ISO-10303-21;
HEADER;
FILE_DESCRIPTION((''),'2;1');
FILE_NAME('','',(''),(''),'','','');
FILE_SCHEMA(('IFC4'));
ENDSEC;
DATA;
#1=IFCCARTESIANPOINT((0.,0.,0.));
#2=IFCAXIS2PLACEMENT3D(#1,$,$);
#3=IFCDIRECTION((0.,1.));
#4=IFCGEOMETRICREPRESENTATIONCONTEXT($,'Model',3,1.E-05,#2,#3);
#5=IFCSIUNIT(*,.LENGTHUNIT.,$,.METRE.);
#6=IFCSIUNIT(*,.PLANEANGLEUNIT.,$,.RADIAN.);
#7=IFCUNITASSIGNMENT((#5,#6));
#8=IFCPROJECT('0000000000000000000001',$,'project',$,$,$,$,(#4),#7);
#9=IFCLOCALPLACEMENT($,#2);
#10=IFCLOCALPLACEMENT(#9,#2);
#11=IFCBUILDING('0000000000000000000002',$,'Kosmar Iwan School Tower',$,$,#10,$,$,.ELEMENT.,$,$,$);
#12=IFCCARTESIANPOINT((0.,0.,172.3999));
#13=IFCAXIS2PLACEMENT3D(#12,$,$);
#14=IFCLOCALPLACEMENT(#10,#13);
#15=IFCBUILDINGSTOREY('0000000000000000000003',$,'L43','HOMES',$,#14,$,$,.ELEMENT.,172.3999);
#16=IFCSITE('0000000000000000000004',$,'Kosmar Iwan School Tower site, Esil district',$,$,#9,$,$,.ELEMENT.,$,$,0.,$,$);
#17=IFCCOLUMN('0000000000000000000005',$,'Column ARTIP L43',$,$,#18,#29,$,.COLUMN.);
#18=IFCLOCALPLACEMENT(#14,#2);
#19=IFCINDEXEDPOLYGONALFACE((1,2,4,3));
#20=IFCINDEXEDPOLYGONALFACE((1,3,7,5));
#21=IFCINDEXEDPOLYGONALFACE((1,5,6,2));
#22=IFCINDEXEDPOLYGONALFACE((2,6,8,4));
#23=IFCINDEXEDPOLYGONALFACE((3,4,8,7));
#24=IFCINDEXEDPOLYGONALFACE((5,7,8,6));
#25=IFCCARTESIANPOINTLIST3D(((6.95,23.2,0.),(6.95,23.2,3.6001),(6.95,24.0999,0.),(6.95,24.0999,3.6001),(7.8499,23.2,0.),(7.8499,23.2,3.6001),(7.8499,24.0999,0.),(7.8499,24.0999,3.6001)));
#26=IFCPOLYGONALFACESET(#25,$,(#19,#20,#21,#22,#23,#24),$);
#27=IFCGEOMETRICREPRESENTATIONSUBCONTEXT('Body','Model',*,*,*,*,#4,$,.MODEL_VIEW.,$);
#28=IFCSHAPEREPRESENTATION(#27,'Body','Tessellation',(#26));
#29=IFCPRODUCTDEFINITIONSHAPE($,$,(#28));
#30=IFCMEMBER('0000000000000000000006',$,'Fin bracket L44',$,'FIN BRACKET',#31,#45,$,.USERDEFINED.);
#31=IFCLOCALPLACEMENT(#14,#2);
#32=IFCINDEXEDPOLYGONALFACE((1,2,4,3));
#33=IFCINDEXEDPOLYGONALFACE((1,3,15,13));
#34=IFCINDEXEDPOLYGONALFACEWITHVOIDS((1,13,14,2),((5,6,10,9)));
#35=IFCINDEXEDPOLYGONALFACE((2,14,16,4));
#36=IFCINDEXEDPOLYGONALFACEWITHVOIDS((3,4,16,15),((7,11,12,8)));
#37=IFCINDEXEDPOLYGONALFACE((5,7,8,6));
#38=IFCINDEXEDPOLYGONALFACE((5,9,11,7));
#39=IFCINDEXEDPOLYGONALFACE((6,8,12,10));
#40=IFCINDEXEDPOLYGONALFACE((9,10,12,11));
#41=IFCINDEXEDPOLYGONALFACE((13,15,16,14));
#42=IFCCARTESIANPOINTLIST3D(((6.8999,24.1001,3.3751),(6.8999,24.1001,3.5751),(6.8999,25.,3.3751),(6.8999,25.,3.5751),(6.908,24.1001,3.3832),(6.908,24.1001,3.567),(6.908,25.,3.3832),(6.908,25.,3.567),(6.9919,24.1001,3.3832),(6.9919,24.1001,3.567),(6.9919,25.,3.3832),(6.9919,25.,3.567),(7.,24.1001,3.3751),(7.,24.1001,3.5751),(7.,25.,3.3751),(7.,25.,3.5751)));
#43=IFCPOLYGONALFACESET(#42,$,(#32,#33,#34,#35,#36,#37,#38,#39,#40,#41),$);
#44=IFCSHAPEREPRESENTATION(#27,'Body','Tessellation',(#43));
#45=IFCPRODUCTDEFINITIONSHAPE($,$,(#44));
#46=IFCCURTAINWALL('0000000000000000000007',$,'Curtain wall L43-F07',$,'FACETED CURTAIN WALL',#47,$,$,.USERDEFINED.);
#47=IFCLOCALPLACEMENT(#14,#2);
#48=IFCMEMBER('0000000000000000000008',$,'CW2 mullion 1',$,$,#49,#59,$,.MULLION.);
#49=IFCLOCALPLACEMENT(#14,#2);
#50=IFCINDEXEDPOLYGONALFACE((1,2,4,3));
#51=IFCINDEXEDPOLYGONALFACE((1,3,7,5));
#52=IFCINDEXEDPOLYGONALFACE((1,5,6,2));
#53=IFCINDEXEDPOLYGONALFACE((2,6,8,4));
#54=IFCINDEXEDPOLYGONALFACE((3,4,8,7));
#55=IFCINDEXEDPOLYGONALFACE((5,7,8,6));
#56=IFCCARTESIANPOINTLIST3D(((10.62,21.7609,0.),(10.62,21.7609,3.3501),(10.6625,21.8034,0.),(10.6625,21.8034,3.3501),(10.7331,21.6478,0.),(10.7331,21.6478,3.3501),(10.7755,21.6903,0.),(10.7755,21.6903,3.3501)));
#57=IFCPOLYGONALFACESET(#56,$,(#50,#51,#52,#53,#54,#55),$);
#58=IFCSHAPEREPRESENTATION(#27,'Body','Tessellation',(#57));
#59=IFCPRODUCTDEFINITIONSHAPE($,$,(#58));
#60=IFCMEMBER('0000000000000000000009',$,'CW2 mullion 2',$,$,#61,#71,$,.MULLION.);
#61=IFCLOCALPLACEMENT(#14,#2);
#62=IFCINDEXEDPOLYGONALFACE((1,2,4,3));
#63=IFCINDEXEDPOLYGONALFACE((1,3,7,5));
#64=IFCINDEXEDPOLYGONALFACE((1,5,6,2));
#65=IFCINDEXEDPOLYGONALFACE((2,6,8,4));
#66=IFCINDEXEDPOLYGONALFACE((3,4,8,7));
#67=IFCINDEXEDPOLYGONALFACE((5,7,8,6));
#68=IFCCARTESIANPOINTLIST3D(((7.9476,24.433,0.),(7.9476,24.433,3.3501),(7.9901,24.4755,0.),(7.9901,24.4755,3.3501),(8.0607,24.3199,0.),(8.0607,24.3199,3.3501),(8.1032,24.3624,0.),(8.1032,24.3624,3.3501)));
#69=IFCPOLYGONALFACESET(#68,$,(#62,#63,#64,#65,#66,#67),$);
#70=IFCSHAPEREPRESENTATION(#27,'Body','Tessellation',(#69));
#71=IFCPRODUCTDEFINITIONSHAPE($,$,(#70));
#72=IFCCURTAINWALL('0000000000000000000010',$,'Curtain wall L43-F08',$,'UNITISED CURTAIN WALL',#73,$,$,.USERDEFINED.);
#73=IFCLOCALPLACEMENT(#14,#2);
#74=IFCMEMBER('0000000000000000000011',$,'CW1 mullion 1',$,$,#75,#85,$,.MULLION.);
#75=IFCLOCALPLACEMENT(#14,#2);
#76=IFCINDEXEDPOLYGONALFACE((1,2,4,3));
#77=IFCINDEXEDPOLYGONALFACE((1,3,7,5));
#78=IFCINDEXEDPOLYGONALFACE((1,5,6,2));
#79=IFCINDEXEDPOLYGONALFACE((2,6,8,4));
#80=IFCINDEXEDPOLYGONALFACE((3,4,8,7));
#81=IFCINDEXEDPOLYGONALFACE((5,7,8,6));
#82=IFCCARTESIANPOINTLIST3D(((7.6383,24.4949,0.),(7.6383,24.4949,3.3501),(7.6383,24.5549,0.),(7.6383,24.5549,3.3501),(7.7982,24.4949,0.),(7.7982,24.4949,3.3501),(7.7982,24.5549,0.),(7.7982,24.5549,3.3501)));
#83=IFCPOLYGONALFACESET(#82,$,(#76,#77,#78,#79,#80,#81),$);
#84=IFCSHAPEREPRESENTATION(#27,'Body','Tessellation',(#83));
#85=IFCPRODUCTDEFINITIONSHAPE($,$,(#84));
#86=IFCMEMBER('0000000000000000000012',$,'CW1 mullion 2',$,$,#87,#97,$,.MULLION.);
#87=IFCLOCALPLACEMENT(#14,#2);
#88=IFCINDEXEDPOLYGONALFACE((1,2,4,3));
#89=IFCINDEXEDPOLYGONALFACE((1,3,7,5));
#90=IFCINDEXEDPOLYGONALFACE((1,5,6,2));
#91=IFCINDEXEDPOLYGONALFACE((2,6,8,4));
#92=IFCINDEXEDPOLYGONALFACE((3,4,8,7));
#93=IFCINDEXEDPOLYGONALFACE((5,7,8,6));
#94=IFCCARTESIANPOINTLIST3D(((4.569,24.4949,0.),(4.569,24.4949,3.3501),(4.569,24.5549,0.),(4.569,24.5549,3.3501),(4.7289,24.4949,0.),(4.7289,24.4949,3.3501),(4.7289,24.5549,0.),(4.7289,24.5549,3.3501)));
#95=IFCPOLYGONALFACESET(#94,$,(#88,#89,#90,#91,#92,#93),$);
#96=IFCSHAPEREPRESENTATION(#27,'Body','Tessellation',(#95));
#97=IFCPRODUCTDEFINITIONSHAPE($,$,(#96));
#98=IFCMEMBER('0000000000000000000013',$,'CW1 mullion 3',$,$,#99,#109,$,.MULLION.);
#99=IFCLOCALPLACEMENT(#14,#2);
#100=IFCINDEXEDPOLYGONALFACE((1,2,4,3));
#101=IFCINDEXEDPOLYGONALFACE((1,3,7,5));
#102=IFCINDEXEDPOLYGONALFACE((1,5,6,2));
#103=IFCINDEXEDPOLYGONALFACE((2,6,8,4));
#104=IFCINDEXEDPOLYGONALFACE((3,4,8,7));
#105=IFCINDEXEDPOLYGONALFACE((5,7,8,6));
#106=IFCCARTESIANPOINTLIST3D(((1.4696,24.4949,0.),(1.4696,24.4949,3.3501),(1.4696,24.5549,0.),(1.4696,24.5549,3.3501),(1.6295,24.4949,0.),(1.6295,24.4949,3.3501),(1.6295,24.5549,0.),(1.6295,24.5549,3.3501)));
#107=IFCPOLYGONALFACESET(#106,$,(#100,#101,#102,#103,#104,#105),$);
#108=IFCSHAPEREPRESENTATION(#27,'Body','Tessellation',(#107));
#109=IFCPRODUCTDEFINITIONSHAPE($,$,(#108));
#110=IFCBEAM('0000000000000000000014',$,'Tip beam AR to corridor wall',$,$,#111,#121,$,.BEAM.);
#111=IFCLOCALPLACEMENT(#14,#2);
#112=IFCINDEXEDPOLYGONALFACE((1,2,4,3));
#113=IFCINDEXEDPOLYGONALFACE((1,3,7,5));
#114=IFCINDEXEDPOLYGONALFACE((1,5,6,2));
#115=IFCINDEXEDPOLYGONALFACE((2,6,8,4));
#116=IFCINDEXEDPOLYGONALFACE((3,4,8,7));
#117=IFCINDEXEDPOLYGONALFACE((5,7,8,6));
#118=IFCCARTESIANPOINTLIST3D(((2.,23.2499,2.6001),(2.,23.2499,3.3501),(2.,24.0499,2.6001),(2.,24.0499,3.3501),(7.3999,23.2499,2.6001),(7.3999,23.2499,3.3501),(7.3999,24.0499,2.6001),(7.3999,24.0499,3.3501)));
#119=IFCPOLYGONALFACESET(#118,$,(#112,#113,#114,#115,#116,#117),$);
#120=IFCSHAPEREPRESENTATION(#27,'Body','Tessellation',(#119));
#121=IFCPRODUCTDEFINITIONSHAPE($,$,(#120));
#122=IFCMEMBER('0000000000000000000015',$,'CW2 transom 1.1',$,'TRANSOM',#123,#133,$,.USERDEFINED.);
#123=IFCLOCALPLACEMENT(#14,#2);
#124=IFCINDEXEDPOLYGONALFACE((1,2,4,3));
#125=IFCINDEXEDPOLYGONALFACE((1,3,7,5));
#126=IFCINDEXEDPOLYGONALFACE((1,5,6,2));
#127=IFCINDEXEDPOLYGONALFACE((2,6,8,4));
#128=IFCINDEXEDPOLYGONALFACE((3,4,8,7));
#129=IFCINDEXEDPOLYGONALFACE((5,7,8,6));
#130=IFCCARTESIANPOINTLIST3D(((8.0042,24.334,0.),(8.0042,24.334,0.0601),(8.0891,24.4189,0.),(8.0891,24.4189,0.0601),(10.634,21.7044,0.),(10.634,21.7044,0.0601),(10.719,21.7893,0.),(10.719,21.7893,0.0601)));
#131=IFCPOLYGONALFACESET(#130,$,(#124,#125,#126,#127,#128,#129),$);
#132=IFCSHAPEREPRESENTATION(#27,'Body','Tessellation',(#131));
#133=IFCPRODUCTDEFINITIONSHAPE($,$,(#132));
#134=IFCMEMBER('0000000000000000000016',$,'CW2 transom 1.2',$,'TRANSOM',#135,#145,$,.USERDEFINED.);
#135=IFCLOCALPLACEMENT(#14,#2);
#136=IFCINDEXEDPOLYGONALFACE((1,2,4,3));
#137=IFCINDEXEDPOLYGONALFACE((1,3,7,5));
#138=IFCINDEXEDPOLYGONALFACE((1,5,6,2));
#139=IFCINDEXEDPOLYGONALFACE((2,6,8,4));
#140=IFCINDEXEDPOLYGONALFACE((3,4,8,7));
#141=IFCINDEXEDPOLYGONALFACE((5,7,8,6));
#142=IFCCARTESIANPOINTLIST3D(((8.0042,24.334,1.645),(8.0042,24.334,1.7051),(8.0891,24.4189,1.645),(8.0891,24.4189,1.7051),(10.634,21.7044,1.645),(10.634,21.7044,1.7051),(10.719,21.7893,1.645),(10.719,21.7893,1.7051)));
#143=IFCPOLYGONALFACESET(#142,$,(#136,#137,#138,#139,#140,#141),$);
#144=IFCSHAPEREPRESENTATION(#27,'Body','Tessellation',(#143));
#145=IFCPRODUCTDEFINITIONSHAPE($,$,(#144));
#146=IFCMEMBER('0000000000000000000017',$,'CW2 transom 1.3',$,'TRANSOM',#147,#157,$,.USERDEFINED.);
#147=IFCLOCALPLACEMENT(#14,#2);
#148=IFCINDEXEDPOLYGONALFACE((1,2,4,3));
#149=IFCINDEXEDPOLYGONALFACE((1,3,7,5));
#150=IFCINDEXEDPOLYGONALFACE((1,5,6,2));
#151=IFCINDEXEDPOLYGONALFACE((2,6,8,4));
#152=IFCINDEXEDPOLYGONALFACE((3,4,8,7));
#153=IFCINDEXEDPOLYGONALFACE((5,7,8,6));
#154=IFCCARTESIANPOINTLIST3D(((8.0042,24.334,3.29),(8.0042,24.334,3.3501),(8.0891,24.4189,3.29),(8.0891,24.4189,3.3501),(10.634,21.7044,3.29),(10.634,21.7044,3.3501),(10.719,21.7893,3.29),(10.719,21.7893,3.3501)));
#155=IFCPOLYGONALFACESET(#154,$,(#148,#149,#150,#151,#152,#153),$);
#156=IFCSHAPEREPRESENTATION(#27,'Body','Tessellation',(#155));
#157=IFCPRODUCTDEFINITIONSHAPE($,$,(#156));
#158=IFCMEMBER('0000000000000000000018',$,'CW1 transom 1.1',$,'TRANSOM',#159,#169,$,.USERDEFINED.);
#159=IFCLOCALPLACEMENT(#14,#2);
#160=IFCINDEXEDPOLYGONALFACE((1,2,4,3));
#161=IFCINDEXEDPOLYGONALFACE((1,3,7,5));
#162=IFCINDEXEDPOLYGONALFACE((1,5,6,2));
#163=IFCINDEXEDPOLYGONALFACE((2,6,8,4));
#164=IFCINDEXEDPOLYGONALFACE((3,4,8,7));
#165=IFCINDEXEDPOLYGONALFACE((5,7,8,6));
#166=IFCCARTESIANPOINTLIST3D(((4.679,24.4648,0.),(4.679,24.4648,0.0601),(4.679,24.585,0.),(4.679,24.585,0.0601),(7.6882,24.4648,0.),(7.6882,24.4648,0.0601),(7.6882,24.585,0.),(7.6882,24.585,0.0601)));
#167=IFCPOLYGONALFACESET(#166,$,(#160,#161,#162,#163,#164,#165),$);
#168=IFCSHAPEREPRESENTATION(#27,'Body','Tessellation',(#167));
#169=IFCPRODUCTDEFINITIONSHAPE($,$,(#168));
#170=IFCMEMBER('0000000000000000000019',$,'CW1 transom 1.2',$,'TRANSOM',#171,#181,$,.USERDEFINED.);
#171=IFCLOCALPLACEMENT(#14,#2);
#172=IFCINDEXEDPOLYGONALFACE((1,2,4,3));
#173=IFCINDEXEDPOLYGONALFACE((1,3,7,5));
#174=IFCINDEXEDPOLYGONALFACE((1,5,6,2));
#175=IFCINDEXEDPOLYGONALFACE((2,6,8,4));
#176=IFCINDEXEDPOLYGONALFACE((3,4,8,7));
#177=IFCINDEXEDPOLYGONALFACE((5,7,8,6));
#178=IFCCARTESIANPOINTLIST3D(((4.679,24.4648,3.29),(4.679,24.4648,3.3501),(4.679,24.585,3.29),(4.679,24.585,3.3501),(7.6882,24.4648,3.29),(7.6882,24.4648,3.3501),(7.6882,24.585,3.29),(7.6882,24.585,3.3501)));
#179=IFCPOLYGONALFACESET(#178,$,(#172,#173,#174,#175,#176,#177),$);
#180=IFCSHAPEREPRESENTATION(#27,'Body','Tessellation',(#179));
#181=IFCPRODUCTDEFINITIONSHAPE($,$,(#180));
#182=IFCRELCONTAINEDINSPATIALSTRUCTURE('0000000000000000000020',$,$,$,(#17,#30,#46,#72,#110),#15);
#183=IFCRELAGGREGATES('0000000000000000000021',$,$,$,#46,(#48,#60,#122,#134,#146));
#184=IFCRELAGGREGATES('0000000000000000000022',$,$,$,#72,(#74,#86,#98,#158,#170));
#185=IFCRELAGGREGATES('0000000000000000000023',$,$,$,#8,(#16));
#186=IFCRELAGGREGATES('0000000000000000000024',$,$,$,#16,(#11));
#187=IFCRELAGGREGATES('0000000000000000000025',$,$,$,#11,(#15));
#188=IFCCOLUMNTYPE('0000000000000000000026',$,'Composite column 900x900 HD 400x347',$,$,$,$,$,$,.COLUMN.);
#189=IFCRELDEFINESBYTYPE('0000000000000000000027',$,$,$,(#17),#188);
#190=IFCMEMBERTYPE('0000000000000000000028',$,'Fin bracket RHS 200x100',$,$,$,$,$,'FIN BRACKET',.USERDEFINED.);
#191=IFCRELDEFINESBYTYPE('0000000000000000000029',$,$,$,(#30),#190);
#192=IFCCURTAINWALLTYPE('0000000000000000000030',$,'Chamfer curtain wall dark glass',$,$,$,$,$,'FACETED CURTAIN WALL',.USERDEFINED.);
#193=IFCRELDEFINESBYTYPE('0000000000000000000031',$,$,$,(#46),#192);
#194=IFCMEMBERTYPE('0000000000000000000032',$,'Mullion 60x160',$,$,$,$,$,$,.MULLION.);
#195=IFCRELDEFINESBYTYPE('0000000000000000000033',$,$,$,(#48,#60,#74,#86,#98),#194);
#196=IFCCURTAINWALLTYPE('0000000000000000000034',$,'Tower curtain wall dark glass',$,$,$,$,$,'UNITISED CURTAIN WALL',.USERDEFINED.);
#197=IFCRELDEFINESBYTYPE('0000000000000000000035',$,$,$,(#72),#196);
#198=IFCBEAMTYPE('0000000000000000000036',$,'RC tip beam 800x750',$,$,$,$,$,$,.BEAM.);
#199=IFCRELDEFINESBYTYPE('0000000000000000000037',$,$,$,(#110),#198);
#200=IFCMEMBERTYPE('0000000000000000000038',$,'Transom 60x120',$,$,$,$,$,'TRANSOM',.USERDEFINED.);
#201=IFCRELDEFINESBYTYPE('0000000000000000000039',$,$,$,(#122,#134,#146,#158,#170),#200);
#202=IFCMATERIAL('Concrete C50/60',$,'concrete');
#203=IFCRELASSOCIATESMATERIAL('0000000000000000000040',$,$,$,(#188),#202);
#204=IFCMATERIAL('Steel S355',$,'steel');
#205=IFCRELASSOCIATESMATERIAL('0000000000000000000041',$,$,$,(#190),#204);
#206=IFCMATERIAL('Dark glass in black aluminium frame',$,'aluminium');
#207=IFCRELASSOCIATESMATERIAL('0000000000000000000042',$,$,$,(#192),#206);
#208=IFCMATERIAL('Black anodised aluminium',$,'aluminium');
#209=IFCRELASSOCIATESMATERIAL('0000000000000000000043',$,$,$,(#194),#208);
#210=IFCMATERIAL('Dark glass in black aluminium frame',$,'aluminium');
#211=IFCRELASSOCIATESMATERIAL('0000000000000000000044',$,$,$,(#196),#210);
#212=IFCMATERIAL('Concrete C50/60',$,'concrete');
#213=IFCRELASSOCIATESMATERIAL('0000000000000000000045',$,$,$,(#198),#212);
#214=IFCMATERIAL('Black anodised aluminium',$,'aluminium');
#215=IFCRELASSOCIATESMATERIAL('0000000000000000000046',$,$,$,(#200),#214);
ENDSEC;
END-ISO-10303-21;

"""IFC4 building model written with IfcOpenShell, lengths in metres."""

from ifc_helpers import new_model, si_unit, direction, frame, origin, origin_2d, place, context, subcontext, project, spatial, rectangle, hollow_rectangle, extrude, material, material_profile, profile_set, type_object, element, aggregate, save


model = new_model("IFC4")

# Units and contexts
model_context = context("Model", 3, precision=1e-05, world=origin(), true_north=direction((0.0, 1.0)))
body_context = subcontext(model_context, "Body", "Model", "MODEL_VIEW")
ifc_project = project(units=[si_unit("LENGTHUNIT", "METRE"), si_unit("PLANEANGLEUNIT", "RADIAN")], contexts=[model_context])

# Site, building, storey
site_placement = place(None, origin())
site = spatial("IfcSite", under=ifc_project, at=site_placement, Name="Kosmar Iwan School Tower site, Esil district", CompositionType="ELEMENT", RefElevation=0.0)
building_placement = place(site_placement, origin())
building = spatial("IfcBuilding", under=site, at=building_placement, Name="Kosmar Iwan School Tower", CompositionType="ELEMENT")
storey_placement = place(building_placement, frame((0.0, 0.0, 172.3999)))
storey = spatial("IfcBuildingStorey", under=building, at=storey_placement, Name="L43", Description="HOMES", CompositionType="ELEMENT", Elevation=172.3999)

# Column
ifc_material_1 = material(Name="Concrete C50/60", Category="concrete")
ifc_material_profile_1 = material_profile(ifc_material_1, rectangle(XDim=0.8999, YDim=0.8999, at=origin_2d()), Name="RC 900x900 + HD 400x347")
ifc_profile_set_1 = profile_set([ifc_material_profile_1], Name="Concrete C50/60")
column_type = type_object("IfcColumnType", Name="Composite column 900x900 HD 400x347", PredefinedType="COLUMN", material=ifc_profile_set_1)
column_placement = place(storey_placement, frame((7.3999, 23.6499, 0.0), z_axis=(0.0, 0.0, 1.0), x_axis=(0.0, 1.0, 0.0)))
element("IfcColumn", 1, at=column_placement, inside=storey, type_object=column_type, Name="Column ARTIP L43", PredefinedType="COLUMN", context=body_context, shape_type="SweptSolid", body=[
    extrude(rectangle(XDim=0.8999, YDim=0.8999, at=origin_2d()), origin(), (0.0, 0.0, 1.0), 3.6001),
])

# Member
ifc_material_2 = material(Name="Steel S355", Category="steel")
ifc_material_profile_2 = material_profile(ifc_material_2, hollow_rectangle(XDim=0.1001, YDim=0.2, WallThickness=0.0081, at=origin_2d()), Name="RHS 200x100x8")
ifc_profile_set_2 = profile_set([ifc_material_profile_2], Name="Steel S355")
member_type_1 = type_object("IfcMemberType", Name="Fin bracket RHS 200x100", ElementType="FIN BRACKET", PredefinedType="USERDEFINED", material=ifc_profile_set_2)
member_1_placement = place(storey_placement, frame((6.95, 24.1001, 3.4751), z_axis=(0.0, 1.0, 0.0), x_axis=(-1.0, 0.0, 0.0)))
element("IfcMember", 2, at=member_1_placement, inside=storey, type_object=member_type_1, Name="Fin bracket L44", ObjectType="FIN BRACKET", PredefinedType="USERDEFINED", context=body_context, shape_type="SweptSolid", body=[
    extrude(hollow_rectangle(XDim=0.1001, YDim=0.2, WallThickness=0.0081, at=origin_2d()), origin(), (0.0, 0.0, 1.0), 0.8999),
])

# Curtain walls, members
ifc_material_3 = material(Name="Dark glass in black aluminium frame", Category="aluminium")
curtain_wall_type_1 = type_object("IfcCurtainWallType", Name="Chamfer curtain wall dark glass", ElementType="FACETED CURTAIN WALL", PredefinedType="USERDEFINED", material=ifc_material_3)
curtain_wall_1_placement = place(storey_placement, origin())
curtain_wall_1 = element("IfcCurtainWall", 3, at=curtain_wall_1_placement, inside=storey, type_object=curtain_wall_type_1, Name="Curtain wall L43-F07", ObjectType="FACETED CURTAIN WALL", PredefinedType="USERDEFINED")
ifc_material_4 = material(Name="Black anodised aluminium", Category="aluminium")
ifc_material_profile_3 = material_profile(ifc_material_4, rectangle(XDim=0.0601, YDim=0.1599, at=origin_2d()), Name="MULLION 60x160")
ifc_profile_set_3 = profile_set([ifc_material_profile_3], Name="Black anodised aluminium")
member_type_2 = type_object("IfcMemberType", Name="Mullion 60x160", PredefinedType="MULLION", material=ifc_profile_set_3)
member_2_placement = place(storey_placement, frame((10.6978, 21.7256, 0.0), z_axis=(0.0, 0.0, 1.0), x_axis=(-0.707107, -0.707107, 0.0)))
member_2 = element("IfcMember", 4, at=member_2_placement, type_object=member_type_2, Name="CW2 mullion 1", PredefinedType="MULLION", context=body_context, shape_type="SweptSolid", body=[
    extrude(rectangle(XDim=0.0601, YDim=0.1599, at=origin_2d()), origin(), (0.0, 0.0, 1.0), 3.3501),
])
member_3_placement = place(storey_placement, frame((8.0254, 24.3977, 0.0), z_axis=(0.0, 0.0, 1.0), x_axis=(-0.707107, -0.707107, 0.0)))
member_3 = element("IfcMember", 5, at=member_3_placement, type_object=member_type_2, Name="CW2 mullion 2", PredefinedType="MULLION", context=body_context, shape_type="SweptSolid", body=[
    extrude(rectangle(XDim=0.0601, YDim=0.1599, at=origin_2d()), origin(), (0.0, 0.0, 1.0), 3.3501),
])
ifc_material_5 = material(Name="Dark glass in black aluminium frame", Category="aluminium")
curtain_wall_type_2 = type_object("IfcCurtainWallType", Name="Tower curtain wall dark glass", ElementType="UNITISED CURTAIN WALL", PredefinedType="USERDEFINED", material=ifc_material_5)
curtain_wall_2_placement = place(storey_placement, origin())
curtain_wall_2 = element("IfcCurtainWall", 6, at=curtain_wall_2_placement, inside=storey, type_object=curtain_wall_type_2, Name="Curtain wall L43-F08", ObjectType="UNITISED CURTAIN WALL", PredefinedType="USERDEFINED")
member_4_placement = place(storey_placement, frame((7.7183, 24.5249, 0.0), z_axis=(0.0, 0.0, 1.0), x_axis=(0.0, -1.0, 0.0)))
member_4 = element("IfcMember", 7, at=member_4_placement, type_object=member_type_2, Name="CW1 mullion 1", PredefinedType="MULLION", context=body_context, shape_type="SweptSolid", body=[
    extrude(rectangle(XDim=0.0601, YDim=0.1599, at=origin_2d()), origin(), (0.0, 0.0, 1.0), 3.3501),
])
member_5_placement = place(storey_placement, frame((4.6489, 24.5249, 0.0), z_axis=(0.0, 0.0, 1.0), x_axis=(0.0, -1.0, 0.0)))
member_5 = element("IfcMember", 8, at=member_5_placement, type_object=member_type_2, Name="CW1 mullion 2", PredefinedType="MULLION", context=body_context, shape_type="SweptSolid", body=[
    extrude(rectangle(XDim=0.0601, YDim=0.1599, at=origin_2d()), origin(), (0.0, 0.0, 1.0), 3.3501),
])
member_6_placement = place(storey_placement, frame((1.5496, 24.5249, 0.0), z_axis=(0.0, 0.0, 1.0), x_axis=(0.0, -1.0, 0.0)))
member_6 = element("IfcMember", 9, at=member_6_placement, type_object=member_type_2, Name="CW1 mullion 3", PredefinedType="MULLION", context=body_context, shape_type="SweptSolid", body=[
    extrude(rectangle(XDim=0.0601, YDim=0.1599, at=origin_2d()), origin(), (0.0, 0.0, 1.0), 3.3501),
])

# Beam
ifc_material_6 = material(Name="Concrete C50/60", Category="concrete")
ifc_material_profile_4 = material_profile(ifc_material_6, rectangle(XDim=0.8, YDim=0.75, at=origin_2d()), Name="RC 800x750")
ifc_profile_set_4 = profile_set([ifc_material_profile_4], Name="Concrete C50/60")
beam_type = type_object("IfcBeamType", Name="RC tip beam 800x750", PredefinedType="BEAM", material=ifc_profile_set_4)
beam_placement = place(storey_placement, frame((7.3999, 23.6499, 2.9751), z_axis=(-1.0, 0.0, 0.0), x_axis=(0.0, -1.0, 0.0)))
element("IfcBeam", 10, at=beam_placement, inside=storey, type_object=beam_type, Name="Tip beam AR to corridor wall", PredefinedType="BEAM", context=body_context, shape_type="SweptSolid", body=[
    extrude(rectangle(XDim=0.8, YDim=0.75, at=origin_2d()), origin(), (0.0, 0.0, 1.0), 5.3999),
])

# Members
ifc_material_7 = material(Name="Black anodised aluminium", Category="aluminium")
ifc_material_profile_5 = material_profile(ifc_material_7, rectangle(XDim=0.1201, YDim=0.0601, at=origin_2d()), Name="TRANSOM 60x120")
ifc_profile_set_5 = profile_set([ifc_material_profile_5], Name="Black anodised aluminium")
member_type_3 = type_object("IfcMemberType", Name="Transom 60x120", ElementType="TRANSOM", PredefinedType="USERDEFINED", material=ifc_profile_set_5)
member_7_placement = place(storey_placement, frame((10.6765, 21.7468, 0.03), z_axis=(-0.70714, 0.707074, 0.0), x_axis=(-0.707074, -0.70714, 0.0)))
member_7 = element("IfcMember", 11, at=member_7_placement, type_object=member_type_3, Name="CW2 transom 1.1", ObjectType="TRANSOM", PredefinedType="USERDEFINED", context=body_context, shape_type="SweptSolid", body=[
    extrude(rectangle(XDim=0.1201, YDim=0.0601, at=origin_2d()), origin(), (0.0, 0.0, 1.0), 3.719),
])
member_8_placement = place(storey_placement, frame((10.6765, 21.7468, 1.675), z_axis=(-0.70714, 0.707074, 0.0), x_axis=(-0.707074, -0.70714, 0.0)))
member_8 = element("IfcMember", 12, at=member_8_placement, type_object=member_type_3, Name="CW2 transom 1.2", ObjectType="TRANSOM", PredefinedType="USERDEFINED", context=body_context, shape_type="SweptSolid", body=[
    extrude(rectangle(XDim=0.1201, YDim=0.0601, at=origin_2d()), origin(), (0.0, 0.0, 1.0), 3.719),
])
member_9_placement = place(storey_placement, frame((10.6765, 21.7468, 3.3201), z_axis=(-0.70714, 0.707074, 0.0), x_axis=(-0.707074, -0.70714, 0.0)))
member_9 = element("IfcMember", 13, at=member_9_placement, type_object=member_type_3, Name="CW2 transom 1.3", ObjectType="TRANSOM", PredefinedType="USERDEFINED", context=body_context, shape_type="SweptSolid", body=[
    extrude(rectangle(XDim=0.1201, YDim=0.0601, at=origin_2d()), origin(), (0.0, 0.0, 1.0), 3.719),
])
member_10_placement = place(storey_placement, frame((7.6882, 24.5249, 0.03), z_axis=(-1.0, 0.0, 0.0), x_axis=(0.0, -1.0, 0.0)))
member_10 = element("IfcMember", 14, at=member_10_placement, type_object=member_type_3, Name="CW1 transom 1.1", ObjectType="TRANSOM", PredefinedType="USERDEFINED", context=body_context, shape_type="SweptSolid", body=[
    extrude(rectangle(XDim=0.1201, YDim=0.0601, at=origin_2d()), origin(), (0.0, 0.0, 1.0), 3.0093),
])
member_11_placement = place(storey_placement, frame((7.6882, 24.5249, 3.3201), z_axis=(-1.0, 0.0, 0.0), x_axis=(0.0, -1.0, 0.0)))
member_11 = element("IfcMember", 15, at=member_11_placement, type_object=member_type_3, Name="CW1 transom 1.2", ObjectType="TRANSOM", PredefinedType="USERDEFINED", context=body_context, shape_type="SweptSolid", body=[
    extrude(rectangle(XDim=0.1201, YDim=0.0601, at=origin_2d()), origin(), (0.0, 0.0, 1.0), 3.0093),
])

aggregate(curtain_wall_1, [member_2, member_3, member_7, member_8, member_9])
aggregate(curtain_wall_2, [member_4, member_5, member_6, member_10, member_11])

save(model, "model.ifc")
